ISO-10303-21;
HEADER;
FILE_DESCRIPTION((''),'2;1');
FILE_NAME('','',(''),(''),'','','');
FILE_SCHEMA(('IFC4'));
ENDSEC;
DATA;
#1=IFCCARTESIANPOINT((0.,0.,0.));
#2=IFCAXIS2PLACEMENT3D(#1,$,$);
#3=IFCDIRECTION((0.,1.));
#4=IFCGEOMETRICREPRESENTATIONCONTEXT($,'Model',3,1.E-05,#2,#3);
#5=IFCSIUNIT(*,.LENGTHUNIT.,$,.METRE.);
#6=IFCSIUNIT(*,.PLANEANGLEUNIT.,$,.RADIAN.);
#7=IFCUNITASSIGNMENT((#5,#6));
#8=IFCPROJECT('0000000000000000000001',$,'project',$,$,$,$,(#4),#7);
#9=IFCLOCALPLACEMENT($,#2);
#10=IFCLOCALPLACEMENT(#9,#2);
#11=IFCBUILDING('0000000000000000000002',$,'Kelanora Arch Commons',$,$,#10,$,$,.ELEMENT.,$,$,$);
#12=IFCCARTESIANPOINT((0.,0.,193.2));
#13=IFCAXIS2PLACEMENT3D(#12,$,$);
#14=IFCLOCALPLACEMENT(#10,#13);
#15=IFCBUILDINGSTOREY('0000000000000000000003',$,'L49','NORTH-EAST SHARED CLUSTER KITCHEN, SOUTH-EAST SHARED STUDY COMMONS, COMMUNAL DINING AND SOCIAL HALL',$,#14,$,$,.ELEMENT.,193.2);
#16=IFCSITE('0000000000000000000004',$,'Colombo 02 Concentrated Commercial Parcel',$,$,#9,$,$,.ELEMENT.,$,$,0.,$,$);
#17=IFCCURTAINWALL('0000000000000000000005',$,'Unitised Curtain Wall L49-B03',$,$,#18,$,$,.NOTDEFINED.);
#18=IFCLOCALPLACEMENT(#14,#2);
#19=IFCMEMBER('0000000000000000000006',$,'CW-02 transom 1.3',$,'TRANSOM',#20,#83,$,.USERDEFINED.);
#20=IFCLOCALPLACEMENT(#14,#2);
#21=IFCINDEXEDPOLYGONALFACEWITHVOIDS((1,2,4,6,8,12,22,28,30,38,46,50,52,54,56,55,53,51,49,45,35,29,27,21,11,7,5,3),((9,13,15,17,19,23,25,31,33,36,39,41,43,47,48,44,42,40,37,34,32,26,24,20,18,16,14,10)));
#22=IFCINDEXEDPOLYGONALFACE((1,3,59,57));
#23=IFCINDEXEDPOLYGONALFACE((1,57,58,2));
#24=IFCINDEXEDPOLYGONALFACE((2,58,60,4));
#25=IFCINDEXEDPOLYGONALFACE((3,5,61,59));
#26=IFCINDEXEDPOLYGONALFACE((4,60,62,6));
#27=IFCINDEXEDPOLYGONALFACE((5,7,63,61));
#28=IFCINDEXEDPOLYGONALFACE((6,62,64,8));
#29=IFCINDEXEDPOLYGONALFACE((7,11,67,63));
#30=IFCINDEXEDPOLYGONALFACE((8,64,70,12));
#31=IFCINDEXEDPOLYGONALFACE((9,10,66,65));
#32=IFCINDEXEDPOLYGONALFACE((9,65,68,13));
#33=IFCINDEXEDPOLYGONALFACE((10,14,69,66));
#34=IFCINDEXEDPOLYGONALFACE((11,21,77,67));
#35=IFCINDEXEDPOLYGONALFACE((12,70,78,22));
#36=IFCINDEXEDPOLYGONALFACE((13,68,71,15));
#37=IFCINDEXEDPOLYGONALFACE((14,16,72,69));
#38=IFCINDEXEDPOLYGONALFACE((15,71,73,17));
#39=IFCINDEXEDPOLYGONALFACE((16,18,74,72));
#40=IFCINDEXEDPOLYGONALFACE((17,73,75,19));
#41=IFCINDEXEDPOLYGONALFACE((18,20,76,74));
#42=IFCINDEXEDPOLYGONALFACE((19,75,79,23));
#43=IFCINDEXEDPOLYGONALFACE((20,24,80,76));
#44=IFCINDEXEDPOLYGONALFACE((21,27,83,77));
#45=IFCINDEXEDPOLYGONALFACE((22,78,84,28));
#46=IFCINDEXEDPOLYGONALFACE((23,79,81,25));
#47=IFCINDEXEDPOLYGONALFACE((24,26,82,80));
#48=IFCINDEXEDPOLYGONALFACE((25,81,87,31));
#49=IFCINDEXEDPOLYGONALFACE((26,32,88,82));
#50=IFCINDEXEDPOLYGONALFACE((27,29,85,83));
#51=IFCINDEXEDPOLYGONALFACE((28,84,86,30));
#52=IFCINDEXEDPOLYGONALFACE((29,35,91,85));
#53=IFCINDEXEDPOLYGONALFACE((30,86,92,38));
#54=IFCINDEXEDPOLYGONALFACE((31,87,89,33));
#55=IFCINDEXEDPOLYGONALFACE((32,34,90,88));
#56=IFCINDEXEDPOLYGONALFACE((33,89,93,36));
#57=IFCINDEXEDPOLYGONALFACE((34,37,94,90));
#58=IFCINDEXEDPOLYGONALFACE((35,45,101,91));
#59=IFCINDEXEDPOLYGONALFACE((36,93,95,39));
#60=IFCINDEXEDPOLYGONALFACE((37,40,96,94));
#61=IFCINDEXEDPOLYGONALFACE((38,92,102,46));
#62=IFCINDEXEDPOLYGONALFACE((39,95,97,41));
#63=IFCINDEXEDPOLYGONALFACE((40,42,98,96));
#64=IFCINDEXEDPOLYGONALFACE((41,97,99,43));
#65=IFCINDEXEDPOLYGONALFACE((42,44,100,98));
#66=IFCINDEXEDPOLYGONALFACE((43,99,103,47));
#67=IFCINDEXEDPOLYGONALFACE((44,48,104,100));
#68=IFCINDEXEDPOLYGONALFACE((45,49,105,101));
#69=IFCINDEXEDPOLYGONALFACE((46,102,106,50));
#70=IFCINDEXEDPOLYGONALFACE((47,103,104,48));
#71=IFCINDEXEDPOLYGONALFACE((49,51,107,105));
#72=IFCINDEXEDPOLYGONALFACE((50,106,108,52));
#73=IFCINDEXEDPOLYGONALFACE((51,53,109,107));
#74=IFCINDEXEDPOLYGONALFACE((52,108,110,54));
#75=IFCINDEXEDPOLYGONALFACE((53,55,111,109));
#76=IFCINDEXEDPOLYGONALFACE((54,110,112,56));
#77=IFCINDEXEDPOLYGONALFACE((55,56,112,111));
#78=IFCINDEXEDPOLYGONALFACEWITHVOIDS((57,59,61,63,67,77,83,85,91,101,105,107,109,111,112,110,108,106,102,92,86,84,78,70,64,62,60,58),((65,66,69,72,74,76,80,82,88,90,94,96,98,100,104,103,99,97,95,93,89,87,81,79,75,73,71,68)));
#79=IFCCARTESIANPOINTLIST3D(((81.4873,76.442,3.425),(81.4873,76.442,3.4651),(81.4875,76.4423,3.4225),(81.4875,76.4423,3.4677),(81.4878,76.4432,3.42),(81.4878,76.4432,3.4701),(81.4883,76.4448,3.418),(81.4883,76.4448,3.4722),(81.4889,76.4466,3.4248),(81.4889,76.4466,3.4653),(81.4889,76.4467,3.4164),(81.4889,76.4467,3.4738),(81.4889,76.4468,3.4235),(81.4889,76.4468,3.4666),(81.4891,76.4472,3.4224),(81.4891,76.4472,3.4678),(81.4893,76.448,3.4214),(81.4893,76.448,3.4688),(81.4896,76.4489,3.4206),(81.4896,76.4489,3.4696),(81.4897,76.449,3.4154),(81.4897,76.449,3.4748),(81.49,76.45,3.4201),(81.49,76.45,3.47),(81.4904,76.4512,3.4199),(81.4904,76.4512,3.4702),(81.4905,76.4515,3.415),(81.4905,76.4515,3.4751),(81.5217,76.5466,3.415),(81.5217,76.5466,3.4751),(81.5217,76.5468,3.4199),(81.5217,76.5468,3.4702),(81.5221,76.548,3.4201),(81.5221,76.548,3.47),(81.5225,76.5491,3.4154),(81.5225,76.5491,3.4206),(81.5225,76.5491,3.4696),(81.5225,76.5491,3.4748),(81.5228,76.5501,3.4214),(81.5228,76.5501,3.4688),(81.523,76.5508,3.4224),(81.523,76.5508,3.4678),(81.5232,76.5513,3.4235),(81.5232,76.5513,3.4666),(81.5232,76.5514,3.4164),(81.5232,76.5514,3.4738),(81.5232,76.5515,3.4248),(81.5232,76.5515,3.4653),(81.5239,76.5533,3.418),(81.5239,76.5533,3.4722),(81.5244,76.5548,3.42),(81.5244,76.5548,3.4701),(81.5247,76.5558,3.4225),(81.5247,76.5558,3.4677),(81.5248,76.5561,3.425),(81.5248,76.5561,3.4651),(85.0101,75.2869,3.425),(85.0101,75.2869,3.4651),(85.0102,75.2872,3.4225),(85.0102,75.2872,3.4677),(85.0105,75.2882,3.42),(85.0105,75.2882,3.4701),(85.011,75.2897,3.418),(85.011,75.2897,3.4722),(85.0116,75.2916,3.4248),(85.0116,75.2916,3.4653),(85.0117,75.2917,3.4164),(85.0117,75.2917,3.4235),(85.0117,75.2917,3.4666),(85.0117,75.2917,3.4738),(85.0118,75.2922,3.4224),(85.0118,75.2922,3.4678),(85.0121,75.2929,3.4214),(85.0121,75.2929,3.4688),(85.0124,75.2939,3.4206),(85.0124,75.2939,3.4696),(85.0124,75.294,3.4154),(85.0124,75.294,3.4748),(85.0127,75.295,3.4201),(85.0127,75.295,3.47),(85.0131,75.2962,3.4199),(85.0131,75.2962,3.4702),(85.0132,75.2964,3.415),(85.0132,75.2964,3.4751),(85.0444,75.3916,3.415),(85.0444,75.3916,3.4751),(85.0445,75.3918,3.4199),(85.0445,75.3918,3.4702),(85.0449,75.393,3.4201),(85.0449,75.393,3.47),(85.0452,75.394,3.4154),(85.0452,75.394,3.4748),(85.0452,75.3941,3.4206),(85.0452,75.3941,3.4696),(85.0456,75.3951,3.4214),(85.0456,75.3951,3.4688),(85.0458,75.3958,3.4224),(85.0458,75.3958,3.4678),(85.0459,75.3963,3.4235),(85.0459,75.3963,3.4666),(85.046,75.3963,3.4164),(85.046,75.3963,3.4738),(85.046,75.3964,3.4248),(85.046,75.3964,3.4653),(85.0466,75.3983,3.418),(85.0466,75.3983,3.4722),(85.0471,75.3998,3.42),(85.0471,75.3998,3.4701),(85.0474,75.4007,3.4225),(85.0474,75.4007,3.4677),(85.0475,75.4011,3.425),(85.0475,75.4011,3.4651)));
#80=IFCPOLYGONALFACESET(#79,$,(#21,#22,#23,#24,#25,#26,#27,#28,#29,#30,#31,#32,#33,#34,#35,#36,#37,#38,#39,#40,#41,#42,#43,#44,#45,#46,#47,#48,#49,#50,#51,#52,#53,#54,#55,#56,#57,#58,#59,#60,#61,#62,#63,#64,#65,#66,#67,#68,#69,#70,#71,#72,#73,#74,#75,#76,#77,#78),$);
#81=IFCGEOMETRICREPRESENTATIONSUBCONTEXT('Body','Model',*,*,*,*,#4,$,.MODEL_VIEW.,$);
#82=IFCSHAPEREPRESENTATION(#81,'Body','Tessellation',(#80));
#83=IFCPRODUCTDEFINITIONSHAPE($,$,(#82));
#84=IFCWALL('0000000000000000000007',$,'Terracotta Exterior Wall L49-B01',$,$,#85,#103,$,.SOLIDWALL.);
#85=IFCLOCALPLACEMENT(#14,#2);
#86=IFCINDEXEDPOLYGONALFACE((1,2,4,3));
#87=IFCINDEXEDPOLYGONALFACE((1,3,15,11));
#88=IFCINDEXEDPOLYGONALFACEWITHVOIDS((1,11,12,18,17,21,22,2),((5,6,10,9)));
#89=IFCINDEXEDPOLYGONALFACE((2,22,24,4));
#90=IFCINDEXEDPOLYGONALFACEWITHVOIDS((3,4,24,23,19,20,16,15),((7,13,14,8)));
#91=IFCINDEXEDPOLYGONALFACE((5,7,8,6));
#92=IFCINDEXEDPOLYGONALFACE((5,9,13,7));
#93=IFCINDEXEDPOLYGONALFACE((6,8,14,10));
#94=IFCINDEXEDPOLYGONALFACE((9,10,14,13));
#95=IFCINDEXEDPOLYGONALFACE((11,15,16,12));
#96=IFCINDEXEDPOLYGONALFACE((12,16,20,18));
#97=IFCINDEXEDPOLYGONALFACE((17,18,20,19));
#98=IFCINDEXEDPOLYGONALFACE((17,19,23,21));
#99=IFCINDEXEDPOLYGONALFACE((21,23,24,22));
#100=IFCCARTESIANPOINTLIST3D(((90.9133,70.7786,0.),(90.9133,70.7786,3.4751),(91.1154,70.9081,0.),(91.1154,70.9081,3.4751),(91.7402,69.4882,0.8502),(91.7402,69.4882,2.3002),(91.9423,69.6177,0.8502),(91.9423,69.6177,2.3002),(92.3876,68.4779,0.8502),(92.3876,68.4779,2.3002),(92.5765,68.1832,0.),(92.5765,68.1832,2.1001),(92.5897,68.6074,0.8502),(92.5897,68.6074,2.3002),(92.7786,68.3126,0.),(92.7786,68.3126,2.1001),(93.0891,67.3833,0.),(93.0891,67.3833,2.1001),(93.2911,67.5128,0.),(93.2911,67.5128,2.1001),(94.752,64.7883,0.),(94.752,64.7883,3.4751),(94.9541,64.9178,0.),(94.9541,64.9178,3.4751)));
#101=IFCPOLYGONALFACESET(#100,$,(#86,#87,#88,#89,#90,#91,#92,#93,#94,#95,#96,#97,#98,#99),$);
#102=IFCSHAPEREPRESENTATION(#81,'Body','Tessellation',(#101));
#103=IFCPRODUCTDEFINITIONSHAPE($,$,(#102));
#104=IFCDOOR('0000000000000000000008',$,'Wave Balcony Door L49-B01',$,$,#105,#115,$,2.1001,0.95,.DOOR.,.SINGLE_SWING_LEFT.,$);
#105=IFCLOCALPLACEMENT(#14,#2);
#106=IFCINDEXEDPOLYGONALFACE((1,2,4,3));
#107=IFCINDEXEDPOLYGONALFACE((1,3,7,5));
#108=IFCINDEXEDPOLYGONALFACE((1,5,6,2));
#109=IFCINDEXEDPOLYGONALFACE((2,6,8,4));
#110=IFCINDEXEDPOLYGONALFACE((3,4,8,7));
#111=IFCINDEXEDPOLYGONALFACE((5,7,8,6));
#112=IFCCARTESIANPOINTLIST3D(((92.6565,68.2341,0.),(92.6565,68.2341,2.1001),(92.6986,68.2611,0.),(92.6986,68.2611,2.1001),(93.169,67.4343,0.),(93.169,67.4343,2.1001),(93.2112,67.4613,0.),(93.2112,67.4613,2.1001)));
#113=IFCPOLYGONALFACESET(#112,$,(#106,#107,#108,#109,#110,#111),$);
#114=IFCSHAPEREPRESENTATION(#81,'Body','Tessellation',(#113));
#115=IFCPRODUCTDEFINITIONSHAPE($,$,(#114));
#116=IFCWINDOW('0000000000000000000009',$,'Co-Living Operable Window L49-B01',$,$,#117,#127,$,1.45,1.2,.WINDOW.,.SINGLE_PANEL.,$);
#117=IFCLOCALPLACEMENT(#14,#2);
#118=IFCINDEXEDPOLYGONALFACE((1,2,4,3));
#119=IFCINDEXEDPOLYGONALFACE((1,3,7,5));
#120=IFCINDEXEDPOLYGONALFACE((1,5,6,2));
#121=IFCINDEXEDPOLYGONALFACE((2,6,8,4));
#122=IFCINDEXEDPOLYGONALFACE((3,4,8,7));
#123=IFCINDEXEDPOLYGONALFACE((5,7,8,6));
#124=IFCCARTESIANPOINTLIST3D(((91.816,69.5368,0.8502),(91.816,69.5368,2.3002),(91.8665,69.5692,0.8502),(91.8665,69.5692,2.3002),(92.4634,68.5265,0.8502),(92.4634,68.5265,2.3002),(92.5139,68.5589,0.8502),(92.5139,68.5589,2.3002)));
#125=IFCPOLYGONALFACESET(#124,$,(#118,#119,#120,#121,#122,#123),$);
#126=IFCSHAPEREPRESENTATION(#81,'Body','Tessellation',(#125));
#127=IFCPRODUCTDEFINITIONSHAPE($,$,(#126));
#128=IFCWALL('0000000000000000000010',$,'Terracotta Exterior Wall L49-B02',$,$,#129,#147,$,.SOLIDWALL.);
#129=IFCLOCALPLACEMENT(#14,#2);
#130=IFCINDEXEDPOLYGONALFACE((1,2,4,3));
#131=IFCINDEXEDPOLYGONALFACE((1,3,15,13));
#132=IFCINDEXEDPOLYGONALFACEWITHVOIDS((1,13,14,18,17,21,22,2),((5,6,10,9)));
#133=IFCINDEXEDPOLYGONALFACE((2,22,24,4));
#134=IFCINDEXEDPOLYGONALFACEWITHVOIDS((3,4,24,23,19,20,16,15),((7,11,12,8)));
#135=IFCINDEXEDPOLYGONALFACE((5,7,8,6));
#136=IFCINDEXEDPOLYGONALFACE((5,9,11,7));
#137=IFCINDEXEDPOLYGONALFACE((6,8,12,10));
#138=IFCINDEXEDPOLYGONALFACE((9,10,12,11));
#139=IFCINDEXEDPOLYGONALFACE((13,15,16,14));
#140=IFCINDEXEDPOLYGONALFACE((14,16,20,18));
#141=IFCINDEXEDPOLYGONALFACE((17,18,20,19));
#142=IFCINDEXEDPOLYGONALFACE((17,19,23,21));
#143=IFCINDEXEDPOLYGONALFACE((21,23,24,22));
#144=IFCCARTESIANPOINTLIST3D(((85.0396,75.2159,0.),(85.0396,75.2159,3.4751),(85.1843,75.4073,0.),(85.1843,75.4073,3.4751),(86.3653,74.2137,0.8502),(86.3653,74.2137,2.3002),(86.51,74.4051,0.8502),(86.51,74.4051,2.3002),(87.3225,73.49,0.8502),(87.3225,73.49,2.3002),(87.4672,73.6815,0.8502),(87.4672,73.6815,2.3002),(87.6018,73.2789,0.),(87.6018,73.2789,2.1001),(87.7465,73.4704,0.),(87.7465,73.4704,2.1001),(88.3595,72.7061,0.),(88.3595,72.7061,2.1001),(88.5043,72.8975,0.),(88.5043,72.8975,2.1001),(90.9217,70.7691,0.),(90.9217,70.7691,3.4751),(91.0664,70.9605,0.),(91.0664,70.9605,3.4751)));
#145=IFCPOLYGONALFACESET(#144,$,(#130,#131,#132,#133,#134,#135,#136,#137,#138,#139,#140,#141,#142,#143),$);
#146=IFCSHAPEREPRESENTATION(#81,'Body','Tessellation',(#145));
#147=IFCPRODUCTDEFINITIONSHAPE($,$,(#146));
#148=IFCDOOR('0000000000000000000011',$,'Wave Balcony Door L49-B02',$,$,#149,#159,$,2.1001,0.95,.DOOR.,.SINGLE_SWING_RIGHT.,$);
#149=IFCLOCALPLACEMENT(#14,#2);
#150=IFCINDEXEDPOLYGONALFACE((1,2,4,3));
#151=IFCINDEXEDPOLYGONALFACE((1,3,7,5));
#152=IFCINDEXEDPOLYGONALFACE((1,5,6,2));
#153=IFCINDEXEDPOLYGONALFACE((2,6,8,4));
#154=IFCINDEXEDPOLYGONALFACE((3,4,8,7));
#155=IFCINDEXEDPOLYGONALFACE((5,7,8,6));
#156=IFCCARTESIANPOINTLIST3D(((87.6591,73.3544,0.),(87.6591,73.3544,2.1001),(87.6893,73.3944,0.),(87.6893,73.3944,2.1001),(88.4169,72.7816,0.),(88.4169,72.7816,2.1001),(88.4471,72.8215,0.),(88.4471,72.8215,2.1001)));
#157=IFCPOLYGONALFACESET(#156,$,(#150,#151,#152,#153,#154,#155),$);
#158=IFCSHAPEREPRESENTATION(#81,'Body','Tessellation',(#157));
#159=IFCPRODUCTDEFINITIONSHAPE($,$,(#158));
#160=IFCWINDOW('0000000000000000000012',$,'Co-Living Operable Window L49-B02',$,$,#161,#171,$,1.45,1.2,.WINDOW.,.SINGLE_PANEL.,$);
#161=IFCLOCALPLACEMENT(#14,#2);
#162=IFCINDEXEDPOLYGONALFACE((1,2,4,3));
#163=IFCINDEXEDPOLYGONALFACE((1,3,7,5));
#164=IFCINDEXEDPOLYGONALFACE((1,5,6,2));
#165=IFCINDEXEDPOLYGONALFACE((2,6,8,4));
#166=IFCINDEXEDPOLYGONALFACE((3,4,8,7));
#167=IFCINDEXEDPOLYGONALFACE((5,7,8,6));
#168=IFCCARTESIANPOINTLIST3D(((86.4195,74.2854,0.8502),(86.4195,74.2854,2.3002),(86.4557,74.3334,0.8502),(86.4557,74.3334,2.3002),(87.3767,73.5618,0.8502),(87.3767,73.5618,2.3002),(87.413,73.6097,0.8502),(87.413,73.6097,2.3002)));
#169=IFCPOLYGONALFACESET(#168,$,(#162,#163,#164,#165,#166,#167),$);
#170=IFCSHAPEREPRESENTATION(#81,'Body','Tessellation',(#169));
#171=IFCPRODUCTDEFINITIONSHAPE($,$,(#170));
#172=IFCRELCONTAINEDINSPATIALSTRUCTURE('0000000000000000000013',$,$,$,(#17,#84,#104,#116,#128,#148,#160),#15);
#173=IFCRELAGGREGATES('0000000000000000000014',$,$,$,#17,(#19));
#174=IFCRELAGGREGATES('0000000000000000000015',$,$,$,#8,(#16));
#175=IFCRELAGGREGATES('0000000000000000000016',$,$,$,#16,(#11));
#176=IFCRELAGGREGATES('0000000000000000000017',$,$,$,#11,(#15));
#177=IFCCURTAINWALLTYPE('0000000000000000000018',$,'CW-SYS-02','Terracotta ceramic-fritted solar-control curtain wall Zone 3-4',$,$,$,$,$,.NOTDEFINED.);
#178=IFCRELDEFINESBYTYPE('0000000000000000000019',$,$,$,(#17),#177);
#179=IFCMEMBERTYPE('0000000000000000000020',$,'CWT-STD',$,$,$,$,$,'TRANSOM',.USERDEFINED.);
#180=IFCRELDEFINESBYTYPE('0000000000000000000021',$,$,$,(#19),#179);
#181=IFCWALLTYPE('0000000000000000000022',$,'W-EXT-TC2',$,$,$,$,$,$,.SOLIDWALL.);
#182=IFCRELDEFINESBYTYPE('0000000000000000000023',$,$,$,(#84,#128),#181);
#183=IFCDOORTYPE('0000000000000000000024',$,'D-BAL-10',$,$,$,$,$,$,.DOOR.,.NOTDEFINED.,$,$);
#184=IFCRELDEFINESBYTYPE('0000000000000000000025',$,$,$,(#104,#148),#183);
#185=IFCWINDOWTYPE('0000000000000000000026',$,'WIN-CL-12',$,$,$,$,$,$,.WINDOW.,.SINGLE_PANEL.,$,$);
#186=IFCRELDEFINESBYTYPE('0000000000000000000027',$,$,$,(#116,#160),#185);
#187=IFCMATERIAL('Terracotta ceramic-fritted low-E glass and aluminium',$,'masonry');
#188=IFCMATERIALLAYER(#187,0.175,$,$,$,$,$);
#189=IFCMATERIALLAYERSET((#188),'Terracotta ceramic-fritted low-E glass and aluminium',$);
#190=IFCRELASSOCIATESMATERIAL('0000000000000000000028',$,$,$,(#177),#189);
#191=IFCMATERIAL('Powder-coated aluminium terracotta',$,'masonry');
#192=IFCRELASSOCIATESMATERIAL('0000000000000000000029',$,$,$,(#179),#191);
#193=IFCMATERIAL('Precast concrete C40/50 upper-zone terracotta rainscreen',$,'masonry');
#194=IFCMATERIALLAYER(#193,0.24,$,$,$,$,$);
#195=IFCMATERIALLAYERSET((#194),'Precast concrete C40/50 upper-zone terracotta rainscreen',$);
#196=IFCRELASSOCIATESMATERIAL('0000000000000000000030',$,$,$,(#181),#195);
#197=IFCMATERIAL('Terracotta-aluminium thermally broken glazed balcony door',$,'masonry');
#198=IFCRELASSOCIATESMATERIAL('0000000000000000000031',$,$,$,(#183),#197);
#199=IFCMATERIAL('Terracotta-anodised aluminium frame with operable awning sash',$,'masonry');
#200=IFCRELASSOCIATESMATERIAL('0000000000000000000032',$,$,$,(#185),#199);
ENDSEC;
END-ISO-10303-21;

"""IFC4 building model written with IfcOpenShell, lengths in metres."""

from ifc_helpers import new_model, si_unit, direction, frame, frame_2d, origin, origin_2d, place, context, subcontext, project, spatial, rectangle, hollow_rectangle, extrude, material, layer, layer_set, material_profile, profile_set, type_object, element, fill, aggregate, save


model = new_model("IFC4")

# Units and contexts
model_context = context("Model", 3, precision=1e-05, world=origin(), true_north=direction((0.0, 1.0)))
body_context = subcontext(model_context, "Body", "Model", "MODEL_VIEW")
ifc_project = project(units=[si_unit("LENGTHUNIT", "METRE"), si_unit("PLANEANGLEUNIT", "RADIAN")], contexts=[model_context])

# Site, building, storey
site_placement = place(None, origin())
site = spatial("IfcSite", under=ifc_project, at=site_placement, Name="Colombo 02 Concentrated Commercial Parcel", CompositionType="ELEMENT", RefElevation=0.0)
building_placement = place(site_placement, origin())
building = spatial("IfcBuilding", under=site, at=building_placement, Name="Kelanora Arch Commons", CompositionType="ELEMENT")
storey_placement = place(building_placement, frame((0.0, 0.0, 193.2)))
storey = spatial("IfcBuildingStorey", under=building, at=storey_placement, Name="L49", Description="NORTH-EAST SHARED CLUSTER KITCHEN, SOUTH-EAST SHARED STUDY COMMONS, COMMUNAL DINING AND SOCIAL HALL", CompositionType="ELEMENT", Elevation=193.2)

# Curtain wall, member
ifc_material_1 = material(Name="Terracotta ceramic-fritted low-E glass and aluminium", Category="masonry")
ifc_layer_1 = layer(ifc_material_1, 0.175)
ifc_layer_set_1 = layer_set([ifc_layer_1], Name="Terracotta ceramic-fritted low-E glass and aluminium")
curtain_wall_type = type_object("IfcCurtainWallType", Name="CW-SYS-02", Description="Terracotta ceramic-fritted solar-control curtain wall Zone 3-4", PredefinedType="NOTDEFINED", material=ifc_layer_set_1)
curtain_wall_placement = place(storey_placement, origin())
curtain_wall = element("IfcCurtainWall", 1, at=curtain_wall_placement, inside=storey, type_object=curtain_wall_type, Name="Unitised Curtain Wall L49-B03", PredefinedType="NOTDEFINED")
ifc_material_2 = material(Name="Powder-coated aluminium terracotta", Category="masonry")
ifc_material_profile_1 = material_profile(ifc_material_2, hollow_rectangle(XDim=0.1201, YDim=0.0601, WallThickness=0.0049, InnerFilletRadius=0.0049, OuterFilletRadius=0.01, at=origin_2d()), Name="CWT120x60")
ifc_profile_set_1 = profile_set([ifc_material_profile_1], Name="Powder-coated aluminium terracotta")
member_type_1 = type_object("IfcMemberType", Name="CWT-STD", ElementType="TRANSOM", PredefinedType="USERDEFINED", material=ifc_profile_set_1)
member_1_placement = place(storey_placement, frame((85.0288, 75.344, 3.4451), z_axis=(-0.950226, 0.311561, 0.0), x_axis=(-0.311561, -0.950226, 0.0)))
member_1 = element("IfcMember", 2, at=member_1_placement, type_object=member_type_1, Name="CW-02 transom 1.3", ObjectType="TRANSOM", PredefinedType="USERDEFINED", context=body_context, shape_type="SweptSolid", body=[
    extrude(hollow_rectangle(XDim=0.1201, YDim=0.0601, WallThickness=0.0049, InnerFilletRadius=0.0049, OuterFilletRadius=0.01, at=origin_2d()), origin(), (0.0, 0.0, 1.0), 3.7073),
])
aggregate(curtain_wall, [member_1])

# Walls, openings, doors, windows
ifc_material_3 = material(Name="Precast concrete C40/50 upper-zone terracotta rainscreen", Category="masonry")
ifc_layer_2 = layer(ifc_material_3, 0.24)
ifc_layer_set_2 = layer_set([ifc_layer_2], Name="Precast concrete C40/50 upper-zone terracotta rainscreen")
wall_type = type_object("IfcWallType", Name="W-EXT-TC2", PredefinedType="SOLIDWALL", material=ifc_layer_set_2)
wall_1_placement = place(storey_placement, frame((94.853, 64.853, 0.0), z_axis=(0.0, 0.0, 1.0), x_axis=(-0.53954, 0.84196, 0.0)))
wall_1 = element("IfcWall", 3, at=wall_1_placement, inside=storey, type_object=wall_type, Name="Terracotta Exterior Wall L49-B01", PredefinedType="SOLIDWALL", context=body_context, shape_type="SweptSolid", body=[
    extrude(rectangle(XDim=7.1147, YDim=0.24, at=frame_2d((3.5574, 0.0))), origin(), (0.0, 0.0, 1.0), 3.4751),
])
opening_1_placement = place(wall_1_placement, frame((3.082, 0.0, 0.0)))
opening_1 = element("IfcOpeningElement", 4, at=opening_1_placement, cuts=wall_1, PredefinedType="OPENING", context=body_context, shape_type="SweptSolid", body=[
    extrude(rectangle(XDim=0.95, YDim=2.1001, at=frame_2d((0.4751, 1.05))), frame((0.0, 0.1299, 0.0), z_axis=(0.0, -1.0, 0.0), x_axis=(1.0, 0.0, 0.0)), (0.0, 0.0, 1.0), 0.26),
])
opening_2_placement = place(wall_1_placement, frame((4.3821, 0.0, 0.8501)))
opening_2 = element("IfcOpeningElement", 5, at=opening_2_placement, cuts=wall_1, PredefinedType="OPENING", context=body_context, shape_type="SweptSolid", body=[
    extrude(rectangle(XDim=1.2, YDim=1.45, at=frame_2d((0.6001, 0.7251))), frame((0.0, 0.1299, 0.0), z_axis=(0.0, -1.0, 0.0), x_axis=(1.0, 0.0, 0.0)), (0.0, 0.0, 1.0), 0.26),
])
ifc_material_4 = material(Name="Terracotta-aluminium thermally broken glazed balcony door", Category="masonry")
door_type = type_object("IfcDoorType", Name="D-BAL-10", OperationType="NOTDEFINED", PredefinedType="DOOR", material=ifc_material_4)
door_1_placement = place(opening_1_placement, frame((0.95, 0.0, 0.0), z_axis=(0.0, 0.0, 1.0), x_axis=(-1.0, 0.0, 0.0)))
door_1 = element("IfcDoor", 6, at=door_1_placement, inside=storey, type_object=door_type, Name="Wave Balcony Door L49-B01", OperationType="SINGLE_SWING_LEFT", OverallHeight=2.1001, OverallWidth=0.95, PredefinedType="DOOR", context=body_context, shape_type="SweptSolid", body=[
    extrude(rectangle(XDim=0.95, YDim=2.1001, at=frame_2d((0.4751, 1.05))), frame((0.0, 0.0249, 0.0), z_axis=(0.0, -1.0, 0.0), x_axis=(1.0, 0.0, 0.0)), (0.0, 0.0, 1.0), 0.05),
])
fill(opening_1, door_1)
ifc_material_5 = material(Name="Terracotta-anodised aluminium frame with operable awning sash", Category="masonry")
window_type = type_object("IfcWindowType", Name="WIN-CL-12", PartitioningType="SINGLE_PANEL", PredefinedType="WINDOW", material=ifc_material_5)
window_1_placement = place(opening_2_placement, origin())
window_1 = element("IfcWindow", 7, at=window_1_placement, inside=storey, type_object=window_type, Name="Co-Living Operable Window L49-B01", OverallHeight=1.45, OverallWidth=1.2, PartitioningType="SINGLE_PANEL", PredefinedType="WINDOW", context=body_context, shape_type="SweptSolid", body=[
    extrude(rectangle(XDim=1.2, YDim=1.45, at=frame_2d((0.6001, 0.7251))), frame((0.0, 0.03, 0.0), z_axis=(0.0, -1.0, 0.0), x_axis=(1.0, 0.0, 0.0)), (0.0, 0.0, 1.0), 0.0601),
])
fill(opening_2, window_1)
wall_2_placement = place(storey_placement, frame((90.9941, 70.8647, 0.0), z_axis=(0.0, 0.0, 1.0), x_axis=(-0.797702, 0.603052, 0.0)))
wall_2 = element("IfcWall", 8, at=wall_2_placement, inside=storey, type_object=wall_type, Name="Terracotta Exterior Wall L49-B02", PredefinedType="SOLIDWALL", context=body_context, shape_type="SweptSolid", body=[
    extrude(rectangle(XDim=7.3738, YDim=0.24, at=frame_2d((3.687, 0.0))), origin(), (0.0, 0.0, 1.0), 3.4751),
])
opening_3_placement = place(wall_2_placement, frame((3.2119, 0.0, 0.0)))
opening_3 = element("IfcOpeningElement", 9, at=opening_3_placement, cuts=wall_2, PredefinedType="OPENING", context=body_context, shape_type="SweptSolid", body=[
    extrude(rectangle(XDim=0.95, YDim=2.1001, at=frame_2d((0.4751, 1.05))), frame((0.0, 0.1299, 0.0), z_axis=(0.0, -1.0, 0.0), x_axis=(1.0, 0.0, 0.0)), (0.0, 0.0, 1.0), 0.26),
])
opening_4_placement = place(wall_2_placement, frame((4.512, 0.0, 0.8501)))
opening_4 = element("IfcOpeningElement", 10, at=opening_4_placement, cuts=wall_2, PredefinedType="OPENING", context=body_context, shape_type="SweptSolid", body=[
    extrude(rectangle(XDim=1.2, YDim=1.45, at=frame_2d((0.6001, 0.7251))), frame((0.0, 0.1299, 0.0), z_axis=(0.0, -1.0, 0.0), x_axis=(1.0, 0.0, 0.0)), (0.0, 0.0, 1.0), 0.26),
])
door_2_placement = place(opening_3_placement, frame((0.95, 0.0, 0.0), z_axis=(0.0, 0.0, 1.0), x_axis=(-1.0, 0.0, 0.0)))
door_2 = element("IfcDoor", 11, at=door_2_placement, inside=storey, type_object=door_type, Name="Wave Balcony Door L49-B02", OperationType="SINGLE_SWING_RIGHT", OverallHeight=2.1001, OverallWidth=0.95, PredefinedType="DOOR", context=body_context, shape_type="SweptSolid", body=[
    extrude(rectangle(XDim=0.95, YDim=2.1001, at=frame_2d((0.4751, 1.05))), frame((0.0, 0.0249, 0.0), z_axis=(0.0, -1.0, 0.0), x_axis=(1.0, 0.0, 0.0)), (0.0, 0.0, 1.0), 0.05),
])
fill(opening_3, door_2)
window_2_placement = place(opening_4_placement, origin())
window_2 = element("IfcWindow", 12, at=window_2_placement, inside=storey, type_object=window_type, Name="Co-Living Operable Window L49-B02", OverallHeight=1.45, OverallWidth=1.2, PartitioningType="SINGLE_PANEL", PredefinedType="WINDOW", context=body_context, shape_type="SweptSolid", body=[
    extrude(rectangle(XDim=1.2, YDim=1.45, at=frame_2d((0.6001, 0.7251))), frame((0.0, 0.03, 0.0), z_axis=(0.0, -1.0, 0.0), x_axis=(1.0, 0.0, 0.0)), (0.0, 0.0, 1.0), 0.0601),
])
fill(opening_4, window_2)

save(model, "model.ifc")
